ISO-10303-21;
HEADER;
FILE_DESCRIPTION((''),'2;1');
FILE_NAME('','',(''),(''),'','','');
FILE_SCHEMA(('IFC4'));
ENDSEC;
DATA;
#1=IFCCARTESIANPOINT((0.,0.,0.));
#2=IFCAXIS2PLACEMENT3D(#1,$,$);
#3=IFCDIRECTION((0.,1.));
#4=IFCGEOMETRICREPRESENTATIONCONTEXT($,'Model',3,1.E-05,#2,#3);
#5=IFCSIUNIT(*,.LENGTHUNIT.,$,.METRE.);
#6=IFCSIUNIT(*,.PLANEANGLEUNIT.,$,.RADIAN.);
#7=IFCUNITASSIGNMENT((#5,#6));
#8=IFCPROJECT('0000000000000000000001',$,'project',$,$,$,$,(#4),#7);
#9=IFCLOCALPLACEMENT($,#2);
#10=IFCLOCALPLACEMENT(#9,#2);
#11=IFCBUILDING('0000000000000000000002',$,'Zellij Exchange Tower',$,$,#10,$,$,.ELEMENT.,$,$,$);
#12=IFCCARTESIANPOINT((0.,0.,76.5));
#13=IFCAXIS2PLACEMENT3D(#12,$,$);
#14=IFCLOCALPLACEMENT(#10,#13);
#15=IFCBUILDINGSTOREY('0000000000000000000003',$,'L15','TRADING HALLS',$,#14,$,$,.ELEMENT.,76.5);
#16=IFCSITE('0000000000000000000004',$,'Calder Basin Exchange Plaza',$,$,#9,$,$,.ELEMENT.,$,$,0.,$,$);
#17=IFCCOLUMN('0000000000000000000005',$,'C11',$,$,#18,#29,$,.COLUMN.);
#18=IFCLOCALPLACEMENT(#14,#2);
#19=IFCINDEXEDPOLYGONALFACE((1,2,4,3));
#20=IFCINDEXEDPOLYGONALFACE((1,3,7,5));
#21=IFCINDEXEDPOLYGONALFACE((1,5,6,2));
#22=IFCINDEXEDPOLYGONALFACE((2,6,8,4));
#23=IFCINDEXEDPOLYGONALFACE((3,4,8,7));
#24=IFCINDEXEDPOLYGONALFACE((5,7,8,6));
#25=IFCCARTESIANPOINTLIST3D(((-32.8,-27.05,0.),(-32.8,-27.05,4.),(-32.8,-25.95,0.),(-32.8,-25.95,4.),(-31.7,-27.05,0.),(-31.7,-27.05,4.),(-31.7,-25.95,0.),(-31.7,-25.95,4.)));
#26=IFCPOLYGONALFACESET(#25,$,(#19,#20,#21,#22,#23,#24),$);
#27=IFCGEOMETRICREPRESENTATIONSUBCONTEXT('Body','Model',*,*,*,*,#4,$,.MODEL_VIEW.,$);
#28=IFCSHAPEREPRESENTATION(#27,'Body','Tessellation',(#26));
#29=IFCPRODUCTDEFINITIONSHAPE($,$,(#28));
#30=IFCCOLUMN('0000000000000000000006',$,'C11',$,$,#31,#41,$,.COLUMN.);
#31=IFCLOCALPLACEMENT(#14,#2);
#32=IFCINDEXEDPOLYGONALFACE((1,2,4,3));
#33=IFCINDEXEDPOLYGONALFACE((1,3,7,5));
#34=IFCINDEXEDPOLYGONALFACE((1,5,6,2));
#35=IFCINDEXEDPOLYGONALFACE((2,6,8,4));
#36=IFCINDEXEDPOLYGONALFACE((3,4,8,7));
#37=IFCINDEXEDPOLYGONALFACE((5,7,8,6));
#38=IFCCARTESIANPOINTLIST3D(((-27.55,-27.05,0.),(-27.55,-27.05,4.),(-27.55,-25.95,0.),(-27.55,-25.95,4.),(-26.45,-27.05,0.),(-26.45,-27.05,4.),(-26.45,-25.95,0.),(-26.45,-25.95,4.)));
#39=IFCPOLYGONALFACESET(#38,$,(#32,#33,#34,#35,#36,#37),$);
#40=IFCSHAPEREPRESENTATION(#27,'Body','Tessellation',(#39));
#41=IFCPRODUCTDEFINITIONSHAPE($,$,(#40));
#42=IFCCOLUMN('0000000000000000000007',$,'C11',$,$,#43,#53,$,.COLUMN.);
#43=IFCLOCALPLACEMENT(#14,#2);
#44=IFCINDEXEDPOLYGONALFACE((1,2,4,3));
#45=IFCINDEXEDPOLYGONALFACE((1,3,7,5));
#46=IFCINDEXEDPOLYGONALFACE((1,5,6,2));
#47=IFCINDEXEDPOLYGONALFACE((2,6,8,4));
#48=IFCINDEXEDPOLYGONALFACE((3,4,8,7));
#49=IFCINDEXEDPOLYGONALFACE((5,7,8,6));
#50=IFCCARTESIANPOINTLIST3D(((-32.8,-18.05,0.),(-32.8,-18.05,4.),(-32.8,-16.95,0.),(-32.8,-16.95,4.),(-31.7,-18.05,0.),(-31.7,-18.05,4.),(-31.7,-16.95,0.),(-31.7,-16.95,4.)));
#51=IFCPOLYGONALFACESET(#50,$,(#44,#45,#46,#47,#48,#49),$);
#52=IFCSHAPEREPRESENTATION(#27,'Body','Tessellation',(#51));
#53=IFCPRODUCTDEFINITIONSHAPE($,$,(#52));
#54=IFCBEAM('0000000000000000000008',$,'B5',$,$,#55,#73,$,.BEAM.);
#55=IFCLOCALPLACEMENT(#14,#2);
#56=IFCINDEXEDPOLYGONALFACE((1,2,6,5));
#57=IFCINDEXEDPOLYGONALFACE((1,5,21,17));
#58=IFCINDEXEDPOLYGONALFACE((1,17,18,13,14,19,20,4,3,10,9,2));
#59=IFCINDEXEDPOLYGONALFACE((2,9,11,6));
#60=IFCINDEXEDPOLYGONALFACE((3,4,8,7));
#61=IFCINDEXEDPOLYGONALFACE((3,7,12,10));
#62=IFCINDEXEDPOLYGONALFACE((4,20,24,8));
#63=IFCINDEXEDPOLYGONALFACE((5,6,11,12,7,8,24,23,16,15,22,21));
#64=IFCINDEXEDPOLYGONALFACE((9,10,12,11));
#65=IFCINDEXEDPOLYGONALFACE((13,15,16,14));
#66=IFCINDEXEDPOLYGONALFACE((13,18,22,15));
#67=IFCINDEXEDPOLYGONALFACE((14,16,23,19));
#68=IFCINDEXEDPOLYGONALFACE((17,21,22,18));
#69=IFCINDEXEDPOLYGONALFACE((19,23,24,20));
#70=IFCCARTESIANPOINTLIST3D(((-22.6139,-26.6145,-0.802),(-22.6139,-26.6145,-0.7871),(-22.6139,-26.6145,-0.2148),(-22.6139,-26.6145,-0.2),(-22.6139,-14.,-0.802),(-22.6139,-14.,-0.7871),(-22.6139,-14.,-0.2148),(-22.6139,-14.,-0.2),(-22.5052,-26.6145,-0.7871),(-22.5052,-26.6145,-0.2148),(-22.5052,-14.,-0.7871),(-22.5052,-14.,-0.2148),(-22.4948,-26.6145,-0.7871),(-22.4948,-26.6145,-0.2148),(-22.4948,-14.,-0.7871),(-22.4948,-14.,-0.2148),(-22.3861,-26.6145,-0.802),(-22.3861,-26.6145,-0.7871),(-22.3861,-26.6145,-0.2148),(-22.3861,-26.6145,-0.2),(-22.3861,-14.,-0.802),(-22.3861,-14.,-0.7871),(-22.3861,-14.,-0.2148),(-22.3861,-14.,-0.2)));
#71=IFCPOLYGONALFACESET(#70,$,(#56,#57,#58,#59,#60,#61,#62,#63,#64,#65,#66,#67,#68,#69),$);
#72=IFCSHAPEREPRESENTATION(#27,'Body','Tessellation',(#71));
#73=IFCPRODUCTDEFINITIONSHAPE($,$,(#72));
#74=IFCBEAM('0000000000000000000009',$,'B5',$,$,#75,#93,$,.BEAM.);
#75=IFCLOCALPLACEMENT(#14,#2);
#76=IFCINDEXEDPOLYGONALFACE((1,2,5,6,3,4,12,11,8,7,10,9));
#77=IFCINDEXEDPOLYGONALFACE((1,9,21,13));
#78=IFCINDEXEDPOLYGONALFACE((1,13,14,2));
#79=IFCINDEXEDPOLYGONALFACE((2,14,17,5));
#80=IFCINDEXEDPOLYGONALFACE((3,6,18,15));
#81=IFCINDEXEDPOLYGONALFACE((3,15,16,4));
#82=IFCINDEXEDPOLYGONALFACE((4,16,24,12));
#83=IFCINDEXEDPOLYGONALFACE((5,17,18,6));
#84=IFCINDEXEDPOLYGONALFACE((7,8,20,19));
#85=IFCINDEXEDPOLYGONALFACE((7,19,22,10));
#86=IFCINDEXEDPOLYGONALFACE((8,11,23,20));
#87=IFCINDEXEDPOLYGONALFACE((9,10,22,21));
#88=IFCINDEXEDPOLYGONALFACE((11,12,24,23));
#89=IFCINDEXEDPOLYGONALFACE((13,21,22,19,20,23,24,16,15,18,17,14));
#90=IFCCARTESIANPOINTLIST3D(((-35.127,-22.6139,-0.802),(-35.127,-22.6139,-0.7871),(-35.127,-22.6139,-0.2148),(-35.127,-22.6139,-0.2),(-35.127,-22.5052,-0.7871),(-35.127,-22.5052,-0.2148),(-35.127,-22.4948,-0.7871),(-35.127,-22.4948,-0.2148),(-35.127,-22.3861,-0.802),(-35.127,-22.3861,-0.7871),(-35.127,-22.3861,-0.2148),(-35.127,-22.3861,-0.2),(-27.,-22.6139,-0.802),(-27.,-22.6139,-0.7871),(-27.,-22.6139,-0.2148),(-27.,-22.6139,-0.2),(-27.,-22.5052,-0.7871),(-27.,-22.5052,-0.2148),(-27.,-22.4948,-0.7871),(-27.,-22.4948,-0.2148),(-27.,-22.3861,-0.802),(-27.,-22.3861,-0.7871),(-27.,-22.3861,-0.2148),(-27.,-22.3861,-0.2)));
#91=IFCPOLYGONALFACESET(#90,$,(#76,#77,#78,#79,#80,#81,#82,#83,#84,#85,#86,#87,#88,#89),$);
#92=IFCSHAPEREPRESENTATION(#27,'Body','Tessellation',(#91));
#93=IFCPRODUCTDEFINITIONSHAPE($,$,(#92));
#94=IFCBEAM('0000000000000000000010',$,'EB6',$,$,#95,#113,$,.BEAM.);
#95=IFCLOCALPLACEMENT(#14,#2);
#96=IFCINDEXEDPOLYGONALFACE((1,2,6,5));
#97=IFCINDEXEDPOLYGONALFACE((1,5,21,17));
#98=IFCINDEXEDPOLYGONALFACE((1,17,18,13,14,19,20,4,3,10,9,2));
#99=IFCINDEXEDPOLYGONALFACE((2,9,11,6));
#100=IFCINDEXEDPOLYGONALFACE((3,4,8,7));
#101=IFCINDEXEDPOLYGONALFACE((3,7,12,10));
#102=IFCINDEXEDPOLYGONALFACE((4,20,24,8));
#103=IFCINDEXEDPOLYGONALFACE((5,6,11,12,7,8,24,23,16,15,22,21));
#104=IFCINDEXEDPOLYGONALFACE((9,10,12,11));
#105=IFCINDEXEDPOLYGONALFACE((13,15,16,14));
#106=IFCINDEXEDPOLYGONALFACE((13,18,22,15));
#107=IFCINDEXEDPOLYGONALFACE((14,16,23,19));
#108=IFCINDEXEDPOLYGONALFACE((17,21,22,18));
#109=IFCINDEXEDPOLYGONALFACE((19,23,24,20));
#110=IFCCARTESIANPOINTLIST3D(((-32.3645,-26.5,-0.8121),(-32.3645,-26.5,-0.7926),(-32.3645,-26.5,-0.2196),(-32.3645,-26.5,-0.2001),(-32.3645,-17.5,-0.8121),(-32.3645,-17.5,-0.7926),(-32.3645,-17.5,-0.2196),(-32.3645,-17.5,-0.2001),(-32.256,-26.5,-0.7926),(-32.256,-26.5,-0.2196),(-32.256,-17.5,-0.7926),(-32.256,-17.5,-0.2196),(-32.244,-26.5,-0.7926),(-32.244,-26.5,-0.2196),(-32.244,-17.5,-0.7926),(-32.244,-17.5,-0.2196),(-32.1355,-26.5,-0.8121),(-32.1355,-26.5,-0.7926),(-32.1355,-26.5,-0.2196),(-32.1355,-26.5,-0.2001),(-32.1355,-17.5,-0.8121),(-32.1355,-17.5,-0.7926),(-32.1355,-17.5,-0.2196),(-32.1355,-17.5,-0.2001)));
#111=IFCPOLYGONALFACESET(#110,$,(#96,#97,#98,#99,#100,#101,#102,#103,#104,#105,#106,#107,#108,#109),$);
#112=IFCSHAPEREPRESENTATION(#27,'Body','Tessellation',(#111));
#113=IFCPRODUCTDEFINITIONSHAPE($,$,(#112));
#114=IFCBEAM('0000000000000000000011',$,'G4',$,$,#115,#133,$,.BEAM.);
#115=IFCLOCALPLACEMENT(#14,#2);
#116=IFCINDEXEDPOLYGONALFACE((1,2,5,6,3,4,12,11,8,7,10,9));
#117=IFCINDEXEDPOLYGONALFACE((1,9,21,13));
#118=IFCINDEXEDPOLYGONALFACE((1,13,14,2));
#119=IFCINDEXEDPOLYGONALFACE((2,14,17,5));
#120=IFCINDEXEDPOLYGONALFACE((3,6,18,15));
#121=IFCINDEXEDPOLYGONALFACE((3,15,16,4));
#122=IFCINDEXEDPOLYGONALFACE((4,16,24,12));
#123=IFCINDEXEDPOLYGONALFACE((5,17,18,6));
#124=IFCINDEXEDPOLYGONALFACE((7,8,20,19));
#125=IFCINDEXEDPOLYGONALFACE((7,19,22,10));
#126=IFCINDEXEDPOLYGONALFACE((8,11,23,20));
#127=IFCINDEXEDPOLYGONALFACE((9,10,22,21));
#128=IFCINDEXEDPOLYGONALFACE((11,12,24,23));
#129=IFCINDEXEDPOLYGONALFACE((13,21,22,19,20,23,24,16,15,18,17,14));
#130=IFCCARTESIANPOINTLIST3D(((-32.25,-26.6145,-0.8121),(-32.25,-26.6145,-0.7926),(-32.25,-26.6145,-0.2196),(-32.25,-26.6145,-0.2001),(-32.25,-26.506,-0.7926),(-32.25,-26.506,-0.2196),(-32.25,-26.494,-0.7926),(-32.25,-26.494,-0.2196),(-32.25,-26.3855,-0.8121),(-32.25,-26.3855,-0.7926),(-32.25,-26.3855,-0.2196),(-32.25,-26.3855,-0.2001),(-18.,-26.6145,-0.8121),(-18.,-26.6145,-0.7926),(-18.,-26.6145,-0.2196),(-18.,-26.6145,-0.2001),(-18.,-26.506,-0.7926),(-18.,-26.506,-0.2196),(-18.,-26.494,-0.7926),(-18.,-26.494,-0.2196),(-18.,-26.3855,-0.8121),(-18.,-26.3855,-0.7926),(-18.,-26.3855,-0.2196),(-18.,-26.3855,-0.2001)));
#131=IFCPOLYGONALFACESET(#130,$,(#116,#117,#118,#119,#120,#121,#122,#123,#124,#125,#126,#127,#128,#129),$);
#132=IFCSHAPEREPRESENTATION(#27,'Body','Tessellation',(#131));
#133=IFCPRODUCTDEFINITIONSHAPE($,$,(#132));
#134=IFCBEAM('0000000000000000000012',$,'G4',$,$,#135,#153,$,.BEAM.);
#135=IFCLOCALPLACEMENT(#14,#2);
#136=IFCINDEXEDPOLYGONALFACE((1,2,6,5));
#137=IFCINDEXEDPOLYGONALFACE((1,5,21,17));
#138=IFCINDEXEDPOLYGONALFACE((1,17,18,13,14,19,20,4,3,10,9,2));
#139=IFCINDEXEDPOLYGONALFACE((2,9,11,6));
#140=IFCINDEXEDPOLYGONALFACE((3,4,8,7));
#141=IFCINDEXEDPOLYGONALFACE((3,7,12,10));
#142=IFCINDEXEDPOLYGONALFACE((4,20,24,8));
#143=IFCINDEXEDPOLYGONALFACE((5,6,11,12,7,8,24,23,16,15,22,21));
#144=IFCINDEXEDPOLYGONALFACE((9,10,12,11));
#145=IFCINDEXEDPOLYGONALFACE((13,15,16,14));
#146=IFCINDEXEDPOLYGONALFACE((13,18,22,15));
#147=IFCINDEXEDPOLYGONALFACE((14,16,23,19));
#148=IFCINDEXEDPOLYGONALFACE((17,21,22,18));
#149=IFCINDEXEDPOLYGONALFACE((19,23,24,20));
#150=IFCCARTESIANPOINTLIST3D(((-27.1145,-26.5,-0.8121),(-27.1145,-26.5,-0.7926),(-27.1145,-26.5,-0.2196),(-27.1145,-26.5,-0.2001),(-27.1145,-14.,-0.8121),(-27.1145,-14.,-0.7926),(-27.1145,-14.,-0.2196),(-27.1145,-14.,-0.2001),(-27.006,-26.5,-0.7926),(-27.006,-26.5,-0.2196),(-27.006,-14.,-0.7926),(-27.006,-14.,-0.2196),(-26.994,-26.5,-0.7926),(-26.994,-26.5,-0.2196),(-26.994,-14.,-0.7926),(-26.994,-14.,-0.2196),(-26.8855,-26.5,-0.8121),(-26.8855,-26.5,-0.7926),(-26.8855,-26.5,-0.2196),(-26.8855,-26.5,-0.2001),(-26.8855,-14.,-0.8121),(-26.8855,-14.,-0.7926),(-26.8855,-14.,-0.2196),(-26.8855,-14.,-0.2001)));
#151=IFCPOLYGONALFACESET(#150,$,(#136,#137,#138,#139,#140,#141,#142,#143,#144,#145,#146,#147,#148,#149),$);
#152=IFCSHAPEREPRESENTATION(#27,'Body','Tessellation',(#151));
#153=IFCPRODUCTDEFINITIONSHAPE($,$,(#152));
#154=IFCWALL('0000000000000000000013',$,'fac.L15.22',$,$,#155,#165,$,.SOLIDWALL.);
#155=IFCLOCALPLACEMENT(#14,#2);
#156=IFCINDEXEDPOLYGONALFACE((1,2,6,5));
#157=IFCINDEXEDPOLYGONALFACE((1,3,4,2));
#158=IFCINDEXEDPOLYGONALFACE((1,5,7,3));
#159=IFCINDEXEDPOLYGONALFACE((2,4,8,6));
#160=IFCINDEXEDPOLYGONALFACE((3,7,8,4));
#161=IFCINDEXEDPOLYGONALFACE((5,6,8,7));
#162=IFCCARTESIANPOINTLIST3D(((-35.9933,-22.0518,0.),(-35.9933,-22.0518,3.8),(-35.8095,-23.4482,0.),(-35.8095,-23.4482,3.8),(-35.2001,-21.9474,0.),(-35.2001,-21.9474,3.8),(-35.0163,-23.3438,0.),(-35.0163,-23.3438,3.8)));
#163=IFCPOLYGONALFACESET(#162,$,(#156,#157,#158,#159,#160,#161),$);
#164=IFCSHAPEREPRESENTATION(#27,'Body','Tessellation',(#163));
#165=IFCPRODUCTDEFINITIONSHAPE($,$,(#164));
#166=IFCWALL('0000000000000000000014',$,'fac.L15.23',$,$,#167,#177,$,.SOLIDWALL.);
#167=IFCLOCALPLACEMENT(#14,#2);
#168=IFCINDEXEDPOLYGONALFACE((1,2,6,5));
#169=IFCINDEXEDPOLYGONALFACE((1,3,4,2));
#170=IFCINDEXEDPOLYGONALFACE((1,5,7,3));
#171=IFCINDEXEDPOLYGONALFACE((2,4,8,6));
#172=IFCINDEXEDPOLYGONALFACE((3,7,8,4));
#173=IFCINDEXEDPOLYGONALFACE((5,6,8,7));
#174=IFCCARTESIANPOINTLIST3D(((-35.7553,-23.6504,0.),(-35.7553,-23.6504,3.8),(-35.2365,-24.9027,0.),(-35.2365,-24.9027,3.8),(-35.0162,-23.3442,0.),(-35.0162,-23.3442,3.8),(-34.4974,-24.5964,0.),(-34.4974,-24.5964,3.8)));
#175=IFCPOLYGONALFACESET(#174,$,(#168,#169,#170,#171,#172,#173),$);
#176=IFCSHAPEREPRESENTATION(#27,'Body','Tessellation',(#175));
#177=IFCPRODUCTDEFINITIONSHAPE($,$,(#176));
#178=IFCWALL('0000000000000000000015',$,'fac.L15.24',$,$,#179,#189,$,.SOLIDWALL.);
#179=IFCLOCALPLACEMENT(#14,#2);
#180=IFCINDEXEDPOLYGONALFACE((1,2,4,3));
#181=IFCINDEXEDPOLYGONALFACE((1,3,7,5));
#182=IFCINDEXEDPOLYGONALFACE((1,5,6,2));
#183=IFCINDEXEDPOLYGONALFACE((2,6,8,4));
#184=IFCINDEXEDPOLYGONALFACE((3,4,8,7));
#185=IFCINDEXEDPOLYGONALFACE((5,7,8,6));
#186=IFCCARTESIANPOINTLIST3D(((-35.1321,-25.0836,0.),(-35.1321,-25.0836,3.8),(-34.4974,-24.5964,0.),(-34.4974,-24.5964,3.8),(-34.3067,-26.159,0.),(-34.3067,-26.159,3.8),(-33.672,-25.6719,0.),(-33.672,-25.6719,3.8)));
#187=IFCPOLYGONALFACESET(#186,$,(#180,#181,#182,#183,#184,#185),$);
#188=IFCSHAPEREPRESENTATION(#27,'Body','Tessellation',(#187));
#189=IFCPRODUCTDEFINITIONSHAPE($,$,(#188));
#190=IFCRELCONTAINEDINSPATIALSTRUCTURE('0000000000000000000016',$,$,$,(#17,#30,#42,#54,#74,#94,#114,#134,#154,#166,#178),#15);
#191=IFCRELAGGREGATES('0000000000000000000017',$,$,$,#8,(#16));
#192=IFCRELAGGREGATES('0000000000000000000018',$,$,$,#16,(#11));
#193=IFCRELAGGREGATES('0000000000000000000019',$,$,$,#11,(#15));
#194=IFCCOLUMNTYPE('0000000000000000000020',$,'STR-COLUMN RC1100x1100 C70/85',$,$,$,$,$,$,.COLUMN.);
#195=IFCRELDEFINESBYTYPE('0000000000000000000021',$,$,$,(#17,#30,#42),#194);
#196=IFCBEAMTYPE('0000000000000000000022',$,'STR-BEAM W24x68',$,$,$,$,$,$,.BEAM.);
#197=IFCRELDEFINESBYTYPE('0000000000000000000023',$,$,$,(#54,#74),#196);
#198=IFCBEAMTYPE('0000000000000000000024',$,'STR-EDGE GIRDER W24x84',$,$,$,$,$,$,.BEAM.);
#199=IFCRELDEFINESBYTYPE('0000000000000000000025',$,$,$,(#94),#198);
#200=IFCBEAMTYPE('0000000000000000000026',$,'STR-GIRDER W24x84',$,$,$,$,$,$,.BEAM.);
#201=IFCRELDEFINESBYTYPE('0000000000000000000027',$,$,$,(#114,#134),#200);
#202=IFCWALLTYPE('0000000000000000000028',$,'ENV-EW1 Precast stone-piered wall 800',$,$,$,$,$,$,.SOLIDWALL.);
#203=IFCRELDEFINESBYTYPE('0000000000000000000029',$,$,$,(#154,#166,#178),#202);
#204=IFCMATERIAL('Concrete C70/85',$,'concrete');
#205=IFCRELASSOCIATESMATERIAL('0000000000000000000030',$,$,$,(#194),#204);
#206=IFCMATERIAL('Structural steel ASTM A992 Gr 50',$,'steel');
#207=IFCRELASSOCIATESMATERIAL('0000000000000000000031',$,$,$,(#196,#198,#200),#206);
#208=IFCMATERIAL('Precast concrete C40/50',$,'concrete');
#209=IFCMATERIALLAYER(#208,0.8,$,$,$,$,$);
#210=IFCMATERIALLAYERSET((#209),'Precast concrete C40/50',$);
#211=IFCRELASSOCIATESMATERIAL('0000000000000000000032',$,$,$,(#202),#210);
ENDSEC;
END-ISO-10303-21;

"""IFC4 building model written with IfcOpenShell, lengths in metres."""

from ifc_helpers import new_model, si_unit, direction, frame, frame_2d, origin, origin_2d, place, context, subcontext, project, spatial, rectangle, i_section, extrude, material, layer, layer_set, material_profile, profile_set, type_object, element, save


model = new_model("IFC4")

# Units and contexts
model_context = context("Model", 3, precision=1e-05, world=origin(), true_north=direction((0.0, 1.0)))
body_context = subcontext(model_context, "Body", "Model", "MODEL_VIEW")
ifc_project = project(units=[si_unit("LENGTHUNIT", "METRE"), si_unit("PLANEANGLEUNIT", "RADIAN")], contexts=[model_context])

# Site, building, storey
site_placement = place(None, origin())
site = spatial("IfcSite", under=ifc_project, at=site_placement, Name="Calder Basin Exchange Plaza", CompositionType="ELEMENT", RefElevation=0.0)
building_placement = place(site_placement, origin())
building = spatial("IfcBuilding", under=site, at=building_placement, Name="Zellij Exchange Tower", CompositionType="ELEMENT")
storey_placement = place(building_placement, frame((0.0, 0.0, 76.5)))
storey = spatial("IfcBuildingStorey", under=building, at=storey_placement, Name="L15", Description="TRADING HALLS", CompositionType="ELEMENT", Elevation=76.5)

# Columns
ifc_material_1 = material(Name="Concrete C70/85", Category="concrete")
ifc_material_profile_1 = material_profile(ifc_material_1, rectangle(XDim=1.1001, YDim=1.1001, at=origin_2d()), Name="STR-COLUMN RC1100x1100 C70/85")
ifc_profile_set_1 = profile_set([ifc_material_profile_1], Name="Concrete C70/85")
column_type = type_object("IfcColumnType", Name="STR-COLUMN RC1100x1100 C70/85", PredefinedType="COLUMN", material=ifc_profile_set_1)
for number, where, z_axis, x_axis, name in (
    (1, (-32.25, -26.5, 0.0), (0.0, 0.0, 1.0), (1.0, 0.0, 0.0), "C11"),
    (2, (-27.0, -26.5, 0.0), (0.0, 0.0, 1.0), (1.0, 0.0, 0.0), "C11"),
    (3, (-32.25, -17.5, 0.0), (0.0, 0.0, 1.0), (1.0, 0.0, 0.0), "C11"),
):
    element("IfcColumn", number, at=place(storey_placement, frame(where, z_axis=z_axis, x_axis=x_axis)), inside=storey, type_object=column_type, Name=name, PredefinedType="COLUMN", context=body_context, shape_type="SweptSolid", body=[
        extrude(rectangle(XDim=1.1001, YDim=1.1001, at=origin_2d()), origin(), (0.0, 0.0, 1.0), 4.0),
    ])

# Beams
ifc_material_2 = material(Name="Structural steel ASTM A992 Gr 50", Category="steel")
ifc_material_profile_2 = material_profile(ifc_material_2, i_section(OverallWidth=0.2278, OverallDepth=0.6021, WebThickness=0.0105, FlangeThickness=0.0149, at=origin_2d()), Name="W24x68")
ifc_profile_set_2 = profile_set([ifc_material_profile_2], Name="Structural steel ASTM A992 Gr 50")
beam_type_1 = type_object("IfcBeamType", Name="STR-BEAM W24x68", PredefinedType="BEAM", material=ifc_profile_set_2)
beam_1_placement = place(storey_placement, frame((-22.5, -26.6145, -0.501), z_axis=(0.0, 1.0, 0.0), x_axis=(-1.0, 0.0, 0.0)))
element("IfcBeam", 4, at=beam_1_placement, inside=storey, type_object=beam_type_1, Name="B5", PredefinedType="BEAM", context=body_context, shape_type="SweptSolid", body=[
    extrude(i_section(OverallWidth=0.2278, OverallDepth=0.6021, WebThickness=0.0105, FlangeThickness=0.0149, at=origin_2d()), origin(), (0.0, 0.0, 1.0), 12.6145),
])
beam_2_placement = place(storey_placement, frame((-35.127, -22.5, -0.501), z_axis=(1.0, 0.0, 0.0), x_axis=(0.0, 1.0, 0.0)))
element("IfcBeam", 5, at=beam_2_placement, inside=storey, type_object=beam_type_1, Name="B5", PredefinedType="BEAM", context=body_context, shape_type="SweptSolid", body=[
    extrude(i_section(OverallWidth=0.2278, OverallDepth=0.6021, WebThickness=0.0105, FlangeThickness=0.0149, at=origin_2d()), origin(), (0.0, 0.0, 1.0), 8.127),
])
ifc_material_profile_3 = material_profile(ifc_material_2, i_section(OverallWidth=0.229, OverallDepth=0.6121, WebThickness=0.012, FlangeThickness=0.0195, at=origin_2d()), Name="W24x84")
ifc_profile_set_3 = profile_set([ifc_material_profile_3], Name="Structural steel ASTM A992 Gr 50")
beam_type_2 = type_object("IfcBeamType", Name="STR-EDGE GIRDER W24x84", PredefinedType="BEAM", material=ifc_profile_set_3)
beam_3_placement = place(storey_placement, frame((-32.25, -26.5, -0.5061), z_axis=(0.0, 1.0, 0.0), x_axis=(-1.0, 0.0, 0.0)))
element("IfcBeam", 6, at=beam_3_placement, inside=storey, type_object=beam_type_2, Name="EB6", PredefinedType="BEAM", context=body_context, shape_type="SweptSolid", body=[
    extrude(i_section(OverallWidth=0.229, OverallDepth=0.6121, WebThickness=0.012, FlangeThickness=0.0195, at=origin_2d()), origin(), (0.0, 0.0, 1.0), 9.0),
])
ifc_material_profile_4 = material_profile(ifc_material_2, i_section(OverallWidth=0.229, OverallDepth=0.6121, WebThickness=0.012, FlangeThickness=0.0195, at=origin_2d()), Name="W24x84")
ifc_profile_set_4 = profile_set([ifc_material_profile_4], Name="Structural steel ASTM A992 Gr 50")
beam_type_3 = type_object("IfcBeamType", Name="STR-GIRDER W24x84", PredefinedType="BEAM", material=ifc_profile_set_4)
beam_4_placement = place(storey_placement, frame((-32.25, -26.5, -0.5061), z_axis=(1.0, 0.0, 0.0), x_axis=(0.0, 1.0, 0.0)))
element("IfcBeam", 7, at=beam_4_placement, inside=storey, type_object=beam_type_3, Name="G4", PredefinedType="BEAM", context=body_context, shape_type="SweptSolid", body=[
    extrude(i_section(OverallWidth=0.229, OverallDepth=0.6121, WebThickness=0.012, FlangeThickness=0.0195, at=origin_2d()), origin(), (0.0, 0.0, 1.0), 14.25),
])
beam_5_placement = place(storey_placement, frame((-27.0, -26.5, -0.5061), z_axis=(0.0, 1.0, 0.0), x_axis=(-1.0, 0.0, 0.0)))
element("IfcBeam", 8, at=beam_5_placement, inside=storey, type_object=beam_type_3, Name="G4", PredefinedType="BEAM", context=body_context, shape_type="SweptSolid", body=[
    extrude(i_section(OverallWidth=0.229, OverallDepth=0.6121, WebThickness=0.012, FlangeThickness=0.0195, at=origin_2d()), origin(), (0.0, 0.0, 1.0), 12.5),
])

# Walls
ifc_material_3 = material(Name="Precast concrete C40/50", Category="concrete")
ifc_layer_1 = layer(ifc_material_3, 0.8)
ifc_layer_set_1 = layer_set([ifc_layer_1], Name="Precast concrete C40/50")
wall_type = type_object("IfcWallType", Name="ENV-EW1 Precast stone-piered wall 800", PredefinedType="SOLIDWALL", material=ifc_layer_set_1)
wall_1_placement = place(storey_placement, frame((-35.5967, -21.9998, 0.0), z_axis=(0.0, 0.0, 1.0), x_axis=(0.130517, -0.991446, 0.0)))
element("IfcWall", 9, at=wall_1_placement, inside=storey, type_object=wall_type, Name="fac.L15.22", PredefinedType="SOLIDWALL", context=body_context, shape_type="SweptSolid", body=[
    extrude(rectangle(XDim=1.4084, YDim=0.8, at=frame_2d((0.7041, 0.0))), origin(), (0.0, 0.0, 1.0), 3.8),
])
wall_2_placement = place(storey_placement, frame((-35.3857, -23.4973, 0.0), z_axis=(0.0, 0.0, 1.0), x_axis=(0.38276, -0.923848, 0.0)))
element("IfcWall", 10, at=wall_2_placement, inside=storey, type_object=wall_type, Name="fac.L15.23", PredefinedType="SOLIDWALL", context=body_context, shape_type="SweptSolid", body=[
    extrude(rectangle(XDim=1.3555, YDim=0.8, at=frame_2d((0.6777, 0.0))), origin(), (0.0, 0.0, 1.0), 3.8),
])
for number, where, z_axis, x_axis, name in (
    (11, (-34.8147, -24.8401, 0.0), (0.0, 0.0, 1.0), (0.608866, -0.793273, 0.0), "fac.L15.24"),
):
    element("IfcWall", number, at=place(storey_placement, frame(where, z_axis=z_axis, x_axis=x_axis)), inside=storey, type_object=wall_type, Name=name, PredefinedType="SOLIDWALL", context=body_context, shape_type="SweptSolid", body=[
        extrude(rectangle(XDim=1.3557, YDim=0.8, at=frame_2d((0.6777, 0.0))), origin(), (0.0, 0.0, 1.0), 3.8),
    ])

save(model, "model.ifc")
